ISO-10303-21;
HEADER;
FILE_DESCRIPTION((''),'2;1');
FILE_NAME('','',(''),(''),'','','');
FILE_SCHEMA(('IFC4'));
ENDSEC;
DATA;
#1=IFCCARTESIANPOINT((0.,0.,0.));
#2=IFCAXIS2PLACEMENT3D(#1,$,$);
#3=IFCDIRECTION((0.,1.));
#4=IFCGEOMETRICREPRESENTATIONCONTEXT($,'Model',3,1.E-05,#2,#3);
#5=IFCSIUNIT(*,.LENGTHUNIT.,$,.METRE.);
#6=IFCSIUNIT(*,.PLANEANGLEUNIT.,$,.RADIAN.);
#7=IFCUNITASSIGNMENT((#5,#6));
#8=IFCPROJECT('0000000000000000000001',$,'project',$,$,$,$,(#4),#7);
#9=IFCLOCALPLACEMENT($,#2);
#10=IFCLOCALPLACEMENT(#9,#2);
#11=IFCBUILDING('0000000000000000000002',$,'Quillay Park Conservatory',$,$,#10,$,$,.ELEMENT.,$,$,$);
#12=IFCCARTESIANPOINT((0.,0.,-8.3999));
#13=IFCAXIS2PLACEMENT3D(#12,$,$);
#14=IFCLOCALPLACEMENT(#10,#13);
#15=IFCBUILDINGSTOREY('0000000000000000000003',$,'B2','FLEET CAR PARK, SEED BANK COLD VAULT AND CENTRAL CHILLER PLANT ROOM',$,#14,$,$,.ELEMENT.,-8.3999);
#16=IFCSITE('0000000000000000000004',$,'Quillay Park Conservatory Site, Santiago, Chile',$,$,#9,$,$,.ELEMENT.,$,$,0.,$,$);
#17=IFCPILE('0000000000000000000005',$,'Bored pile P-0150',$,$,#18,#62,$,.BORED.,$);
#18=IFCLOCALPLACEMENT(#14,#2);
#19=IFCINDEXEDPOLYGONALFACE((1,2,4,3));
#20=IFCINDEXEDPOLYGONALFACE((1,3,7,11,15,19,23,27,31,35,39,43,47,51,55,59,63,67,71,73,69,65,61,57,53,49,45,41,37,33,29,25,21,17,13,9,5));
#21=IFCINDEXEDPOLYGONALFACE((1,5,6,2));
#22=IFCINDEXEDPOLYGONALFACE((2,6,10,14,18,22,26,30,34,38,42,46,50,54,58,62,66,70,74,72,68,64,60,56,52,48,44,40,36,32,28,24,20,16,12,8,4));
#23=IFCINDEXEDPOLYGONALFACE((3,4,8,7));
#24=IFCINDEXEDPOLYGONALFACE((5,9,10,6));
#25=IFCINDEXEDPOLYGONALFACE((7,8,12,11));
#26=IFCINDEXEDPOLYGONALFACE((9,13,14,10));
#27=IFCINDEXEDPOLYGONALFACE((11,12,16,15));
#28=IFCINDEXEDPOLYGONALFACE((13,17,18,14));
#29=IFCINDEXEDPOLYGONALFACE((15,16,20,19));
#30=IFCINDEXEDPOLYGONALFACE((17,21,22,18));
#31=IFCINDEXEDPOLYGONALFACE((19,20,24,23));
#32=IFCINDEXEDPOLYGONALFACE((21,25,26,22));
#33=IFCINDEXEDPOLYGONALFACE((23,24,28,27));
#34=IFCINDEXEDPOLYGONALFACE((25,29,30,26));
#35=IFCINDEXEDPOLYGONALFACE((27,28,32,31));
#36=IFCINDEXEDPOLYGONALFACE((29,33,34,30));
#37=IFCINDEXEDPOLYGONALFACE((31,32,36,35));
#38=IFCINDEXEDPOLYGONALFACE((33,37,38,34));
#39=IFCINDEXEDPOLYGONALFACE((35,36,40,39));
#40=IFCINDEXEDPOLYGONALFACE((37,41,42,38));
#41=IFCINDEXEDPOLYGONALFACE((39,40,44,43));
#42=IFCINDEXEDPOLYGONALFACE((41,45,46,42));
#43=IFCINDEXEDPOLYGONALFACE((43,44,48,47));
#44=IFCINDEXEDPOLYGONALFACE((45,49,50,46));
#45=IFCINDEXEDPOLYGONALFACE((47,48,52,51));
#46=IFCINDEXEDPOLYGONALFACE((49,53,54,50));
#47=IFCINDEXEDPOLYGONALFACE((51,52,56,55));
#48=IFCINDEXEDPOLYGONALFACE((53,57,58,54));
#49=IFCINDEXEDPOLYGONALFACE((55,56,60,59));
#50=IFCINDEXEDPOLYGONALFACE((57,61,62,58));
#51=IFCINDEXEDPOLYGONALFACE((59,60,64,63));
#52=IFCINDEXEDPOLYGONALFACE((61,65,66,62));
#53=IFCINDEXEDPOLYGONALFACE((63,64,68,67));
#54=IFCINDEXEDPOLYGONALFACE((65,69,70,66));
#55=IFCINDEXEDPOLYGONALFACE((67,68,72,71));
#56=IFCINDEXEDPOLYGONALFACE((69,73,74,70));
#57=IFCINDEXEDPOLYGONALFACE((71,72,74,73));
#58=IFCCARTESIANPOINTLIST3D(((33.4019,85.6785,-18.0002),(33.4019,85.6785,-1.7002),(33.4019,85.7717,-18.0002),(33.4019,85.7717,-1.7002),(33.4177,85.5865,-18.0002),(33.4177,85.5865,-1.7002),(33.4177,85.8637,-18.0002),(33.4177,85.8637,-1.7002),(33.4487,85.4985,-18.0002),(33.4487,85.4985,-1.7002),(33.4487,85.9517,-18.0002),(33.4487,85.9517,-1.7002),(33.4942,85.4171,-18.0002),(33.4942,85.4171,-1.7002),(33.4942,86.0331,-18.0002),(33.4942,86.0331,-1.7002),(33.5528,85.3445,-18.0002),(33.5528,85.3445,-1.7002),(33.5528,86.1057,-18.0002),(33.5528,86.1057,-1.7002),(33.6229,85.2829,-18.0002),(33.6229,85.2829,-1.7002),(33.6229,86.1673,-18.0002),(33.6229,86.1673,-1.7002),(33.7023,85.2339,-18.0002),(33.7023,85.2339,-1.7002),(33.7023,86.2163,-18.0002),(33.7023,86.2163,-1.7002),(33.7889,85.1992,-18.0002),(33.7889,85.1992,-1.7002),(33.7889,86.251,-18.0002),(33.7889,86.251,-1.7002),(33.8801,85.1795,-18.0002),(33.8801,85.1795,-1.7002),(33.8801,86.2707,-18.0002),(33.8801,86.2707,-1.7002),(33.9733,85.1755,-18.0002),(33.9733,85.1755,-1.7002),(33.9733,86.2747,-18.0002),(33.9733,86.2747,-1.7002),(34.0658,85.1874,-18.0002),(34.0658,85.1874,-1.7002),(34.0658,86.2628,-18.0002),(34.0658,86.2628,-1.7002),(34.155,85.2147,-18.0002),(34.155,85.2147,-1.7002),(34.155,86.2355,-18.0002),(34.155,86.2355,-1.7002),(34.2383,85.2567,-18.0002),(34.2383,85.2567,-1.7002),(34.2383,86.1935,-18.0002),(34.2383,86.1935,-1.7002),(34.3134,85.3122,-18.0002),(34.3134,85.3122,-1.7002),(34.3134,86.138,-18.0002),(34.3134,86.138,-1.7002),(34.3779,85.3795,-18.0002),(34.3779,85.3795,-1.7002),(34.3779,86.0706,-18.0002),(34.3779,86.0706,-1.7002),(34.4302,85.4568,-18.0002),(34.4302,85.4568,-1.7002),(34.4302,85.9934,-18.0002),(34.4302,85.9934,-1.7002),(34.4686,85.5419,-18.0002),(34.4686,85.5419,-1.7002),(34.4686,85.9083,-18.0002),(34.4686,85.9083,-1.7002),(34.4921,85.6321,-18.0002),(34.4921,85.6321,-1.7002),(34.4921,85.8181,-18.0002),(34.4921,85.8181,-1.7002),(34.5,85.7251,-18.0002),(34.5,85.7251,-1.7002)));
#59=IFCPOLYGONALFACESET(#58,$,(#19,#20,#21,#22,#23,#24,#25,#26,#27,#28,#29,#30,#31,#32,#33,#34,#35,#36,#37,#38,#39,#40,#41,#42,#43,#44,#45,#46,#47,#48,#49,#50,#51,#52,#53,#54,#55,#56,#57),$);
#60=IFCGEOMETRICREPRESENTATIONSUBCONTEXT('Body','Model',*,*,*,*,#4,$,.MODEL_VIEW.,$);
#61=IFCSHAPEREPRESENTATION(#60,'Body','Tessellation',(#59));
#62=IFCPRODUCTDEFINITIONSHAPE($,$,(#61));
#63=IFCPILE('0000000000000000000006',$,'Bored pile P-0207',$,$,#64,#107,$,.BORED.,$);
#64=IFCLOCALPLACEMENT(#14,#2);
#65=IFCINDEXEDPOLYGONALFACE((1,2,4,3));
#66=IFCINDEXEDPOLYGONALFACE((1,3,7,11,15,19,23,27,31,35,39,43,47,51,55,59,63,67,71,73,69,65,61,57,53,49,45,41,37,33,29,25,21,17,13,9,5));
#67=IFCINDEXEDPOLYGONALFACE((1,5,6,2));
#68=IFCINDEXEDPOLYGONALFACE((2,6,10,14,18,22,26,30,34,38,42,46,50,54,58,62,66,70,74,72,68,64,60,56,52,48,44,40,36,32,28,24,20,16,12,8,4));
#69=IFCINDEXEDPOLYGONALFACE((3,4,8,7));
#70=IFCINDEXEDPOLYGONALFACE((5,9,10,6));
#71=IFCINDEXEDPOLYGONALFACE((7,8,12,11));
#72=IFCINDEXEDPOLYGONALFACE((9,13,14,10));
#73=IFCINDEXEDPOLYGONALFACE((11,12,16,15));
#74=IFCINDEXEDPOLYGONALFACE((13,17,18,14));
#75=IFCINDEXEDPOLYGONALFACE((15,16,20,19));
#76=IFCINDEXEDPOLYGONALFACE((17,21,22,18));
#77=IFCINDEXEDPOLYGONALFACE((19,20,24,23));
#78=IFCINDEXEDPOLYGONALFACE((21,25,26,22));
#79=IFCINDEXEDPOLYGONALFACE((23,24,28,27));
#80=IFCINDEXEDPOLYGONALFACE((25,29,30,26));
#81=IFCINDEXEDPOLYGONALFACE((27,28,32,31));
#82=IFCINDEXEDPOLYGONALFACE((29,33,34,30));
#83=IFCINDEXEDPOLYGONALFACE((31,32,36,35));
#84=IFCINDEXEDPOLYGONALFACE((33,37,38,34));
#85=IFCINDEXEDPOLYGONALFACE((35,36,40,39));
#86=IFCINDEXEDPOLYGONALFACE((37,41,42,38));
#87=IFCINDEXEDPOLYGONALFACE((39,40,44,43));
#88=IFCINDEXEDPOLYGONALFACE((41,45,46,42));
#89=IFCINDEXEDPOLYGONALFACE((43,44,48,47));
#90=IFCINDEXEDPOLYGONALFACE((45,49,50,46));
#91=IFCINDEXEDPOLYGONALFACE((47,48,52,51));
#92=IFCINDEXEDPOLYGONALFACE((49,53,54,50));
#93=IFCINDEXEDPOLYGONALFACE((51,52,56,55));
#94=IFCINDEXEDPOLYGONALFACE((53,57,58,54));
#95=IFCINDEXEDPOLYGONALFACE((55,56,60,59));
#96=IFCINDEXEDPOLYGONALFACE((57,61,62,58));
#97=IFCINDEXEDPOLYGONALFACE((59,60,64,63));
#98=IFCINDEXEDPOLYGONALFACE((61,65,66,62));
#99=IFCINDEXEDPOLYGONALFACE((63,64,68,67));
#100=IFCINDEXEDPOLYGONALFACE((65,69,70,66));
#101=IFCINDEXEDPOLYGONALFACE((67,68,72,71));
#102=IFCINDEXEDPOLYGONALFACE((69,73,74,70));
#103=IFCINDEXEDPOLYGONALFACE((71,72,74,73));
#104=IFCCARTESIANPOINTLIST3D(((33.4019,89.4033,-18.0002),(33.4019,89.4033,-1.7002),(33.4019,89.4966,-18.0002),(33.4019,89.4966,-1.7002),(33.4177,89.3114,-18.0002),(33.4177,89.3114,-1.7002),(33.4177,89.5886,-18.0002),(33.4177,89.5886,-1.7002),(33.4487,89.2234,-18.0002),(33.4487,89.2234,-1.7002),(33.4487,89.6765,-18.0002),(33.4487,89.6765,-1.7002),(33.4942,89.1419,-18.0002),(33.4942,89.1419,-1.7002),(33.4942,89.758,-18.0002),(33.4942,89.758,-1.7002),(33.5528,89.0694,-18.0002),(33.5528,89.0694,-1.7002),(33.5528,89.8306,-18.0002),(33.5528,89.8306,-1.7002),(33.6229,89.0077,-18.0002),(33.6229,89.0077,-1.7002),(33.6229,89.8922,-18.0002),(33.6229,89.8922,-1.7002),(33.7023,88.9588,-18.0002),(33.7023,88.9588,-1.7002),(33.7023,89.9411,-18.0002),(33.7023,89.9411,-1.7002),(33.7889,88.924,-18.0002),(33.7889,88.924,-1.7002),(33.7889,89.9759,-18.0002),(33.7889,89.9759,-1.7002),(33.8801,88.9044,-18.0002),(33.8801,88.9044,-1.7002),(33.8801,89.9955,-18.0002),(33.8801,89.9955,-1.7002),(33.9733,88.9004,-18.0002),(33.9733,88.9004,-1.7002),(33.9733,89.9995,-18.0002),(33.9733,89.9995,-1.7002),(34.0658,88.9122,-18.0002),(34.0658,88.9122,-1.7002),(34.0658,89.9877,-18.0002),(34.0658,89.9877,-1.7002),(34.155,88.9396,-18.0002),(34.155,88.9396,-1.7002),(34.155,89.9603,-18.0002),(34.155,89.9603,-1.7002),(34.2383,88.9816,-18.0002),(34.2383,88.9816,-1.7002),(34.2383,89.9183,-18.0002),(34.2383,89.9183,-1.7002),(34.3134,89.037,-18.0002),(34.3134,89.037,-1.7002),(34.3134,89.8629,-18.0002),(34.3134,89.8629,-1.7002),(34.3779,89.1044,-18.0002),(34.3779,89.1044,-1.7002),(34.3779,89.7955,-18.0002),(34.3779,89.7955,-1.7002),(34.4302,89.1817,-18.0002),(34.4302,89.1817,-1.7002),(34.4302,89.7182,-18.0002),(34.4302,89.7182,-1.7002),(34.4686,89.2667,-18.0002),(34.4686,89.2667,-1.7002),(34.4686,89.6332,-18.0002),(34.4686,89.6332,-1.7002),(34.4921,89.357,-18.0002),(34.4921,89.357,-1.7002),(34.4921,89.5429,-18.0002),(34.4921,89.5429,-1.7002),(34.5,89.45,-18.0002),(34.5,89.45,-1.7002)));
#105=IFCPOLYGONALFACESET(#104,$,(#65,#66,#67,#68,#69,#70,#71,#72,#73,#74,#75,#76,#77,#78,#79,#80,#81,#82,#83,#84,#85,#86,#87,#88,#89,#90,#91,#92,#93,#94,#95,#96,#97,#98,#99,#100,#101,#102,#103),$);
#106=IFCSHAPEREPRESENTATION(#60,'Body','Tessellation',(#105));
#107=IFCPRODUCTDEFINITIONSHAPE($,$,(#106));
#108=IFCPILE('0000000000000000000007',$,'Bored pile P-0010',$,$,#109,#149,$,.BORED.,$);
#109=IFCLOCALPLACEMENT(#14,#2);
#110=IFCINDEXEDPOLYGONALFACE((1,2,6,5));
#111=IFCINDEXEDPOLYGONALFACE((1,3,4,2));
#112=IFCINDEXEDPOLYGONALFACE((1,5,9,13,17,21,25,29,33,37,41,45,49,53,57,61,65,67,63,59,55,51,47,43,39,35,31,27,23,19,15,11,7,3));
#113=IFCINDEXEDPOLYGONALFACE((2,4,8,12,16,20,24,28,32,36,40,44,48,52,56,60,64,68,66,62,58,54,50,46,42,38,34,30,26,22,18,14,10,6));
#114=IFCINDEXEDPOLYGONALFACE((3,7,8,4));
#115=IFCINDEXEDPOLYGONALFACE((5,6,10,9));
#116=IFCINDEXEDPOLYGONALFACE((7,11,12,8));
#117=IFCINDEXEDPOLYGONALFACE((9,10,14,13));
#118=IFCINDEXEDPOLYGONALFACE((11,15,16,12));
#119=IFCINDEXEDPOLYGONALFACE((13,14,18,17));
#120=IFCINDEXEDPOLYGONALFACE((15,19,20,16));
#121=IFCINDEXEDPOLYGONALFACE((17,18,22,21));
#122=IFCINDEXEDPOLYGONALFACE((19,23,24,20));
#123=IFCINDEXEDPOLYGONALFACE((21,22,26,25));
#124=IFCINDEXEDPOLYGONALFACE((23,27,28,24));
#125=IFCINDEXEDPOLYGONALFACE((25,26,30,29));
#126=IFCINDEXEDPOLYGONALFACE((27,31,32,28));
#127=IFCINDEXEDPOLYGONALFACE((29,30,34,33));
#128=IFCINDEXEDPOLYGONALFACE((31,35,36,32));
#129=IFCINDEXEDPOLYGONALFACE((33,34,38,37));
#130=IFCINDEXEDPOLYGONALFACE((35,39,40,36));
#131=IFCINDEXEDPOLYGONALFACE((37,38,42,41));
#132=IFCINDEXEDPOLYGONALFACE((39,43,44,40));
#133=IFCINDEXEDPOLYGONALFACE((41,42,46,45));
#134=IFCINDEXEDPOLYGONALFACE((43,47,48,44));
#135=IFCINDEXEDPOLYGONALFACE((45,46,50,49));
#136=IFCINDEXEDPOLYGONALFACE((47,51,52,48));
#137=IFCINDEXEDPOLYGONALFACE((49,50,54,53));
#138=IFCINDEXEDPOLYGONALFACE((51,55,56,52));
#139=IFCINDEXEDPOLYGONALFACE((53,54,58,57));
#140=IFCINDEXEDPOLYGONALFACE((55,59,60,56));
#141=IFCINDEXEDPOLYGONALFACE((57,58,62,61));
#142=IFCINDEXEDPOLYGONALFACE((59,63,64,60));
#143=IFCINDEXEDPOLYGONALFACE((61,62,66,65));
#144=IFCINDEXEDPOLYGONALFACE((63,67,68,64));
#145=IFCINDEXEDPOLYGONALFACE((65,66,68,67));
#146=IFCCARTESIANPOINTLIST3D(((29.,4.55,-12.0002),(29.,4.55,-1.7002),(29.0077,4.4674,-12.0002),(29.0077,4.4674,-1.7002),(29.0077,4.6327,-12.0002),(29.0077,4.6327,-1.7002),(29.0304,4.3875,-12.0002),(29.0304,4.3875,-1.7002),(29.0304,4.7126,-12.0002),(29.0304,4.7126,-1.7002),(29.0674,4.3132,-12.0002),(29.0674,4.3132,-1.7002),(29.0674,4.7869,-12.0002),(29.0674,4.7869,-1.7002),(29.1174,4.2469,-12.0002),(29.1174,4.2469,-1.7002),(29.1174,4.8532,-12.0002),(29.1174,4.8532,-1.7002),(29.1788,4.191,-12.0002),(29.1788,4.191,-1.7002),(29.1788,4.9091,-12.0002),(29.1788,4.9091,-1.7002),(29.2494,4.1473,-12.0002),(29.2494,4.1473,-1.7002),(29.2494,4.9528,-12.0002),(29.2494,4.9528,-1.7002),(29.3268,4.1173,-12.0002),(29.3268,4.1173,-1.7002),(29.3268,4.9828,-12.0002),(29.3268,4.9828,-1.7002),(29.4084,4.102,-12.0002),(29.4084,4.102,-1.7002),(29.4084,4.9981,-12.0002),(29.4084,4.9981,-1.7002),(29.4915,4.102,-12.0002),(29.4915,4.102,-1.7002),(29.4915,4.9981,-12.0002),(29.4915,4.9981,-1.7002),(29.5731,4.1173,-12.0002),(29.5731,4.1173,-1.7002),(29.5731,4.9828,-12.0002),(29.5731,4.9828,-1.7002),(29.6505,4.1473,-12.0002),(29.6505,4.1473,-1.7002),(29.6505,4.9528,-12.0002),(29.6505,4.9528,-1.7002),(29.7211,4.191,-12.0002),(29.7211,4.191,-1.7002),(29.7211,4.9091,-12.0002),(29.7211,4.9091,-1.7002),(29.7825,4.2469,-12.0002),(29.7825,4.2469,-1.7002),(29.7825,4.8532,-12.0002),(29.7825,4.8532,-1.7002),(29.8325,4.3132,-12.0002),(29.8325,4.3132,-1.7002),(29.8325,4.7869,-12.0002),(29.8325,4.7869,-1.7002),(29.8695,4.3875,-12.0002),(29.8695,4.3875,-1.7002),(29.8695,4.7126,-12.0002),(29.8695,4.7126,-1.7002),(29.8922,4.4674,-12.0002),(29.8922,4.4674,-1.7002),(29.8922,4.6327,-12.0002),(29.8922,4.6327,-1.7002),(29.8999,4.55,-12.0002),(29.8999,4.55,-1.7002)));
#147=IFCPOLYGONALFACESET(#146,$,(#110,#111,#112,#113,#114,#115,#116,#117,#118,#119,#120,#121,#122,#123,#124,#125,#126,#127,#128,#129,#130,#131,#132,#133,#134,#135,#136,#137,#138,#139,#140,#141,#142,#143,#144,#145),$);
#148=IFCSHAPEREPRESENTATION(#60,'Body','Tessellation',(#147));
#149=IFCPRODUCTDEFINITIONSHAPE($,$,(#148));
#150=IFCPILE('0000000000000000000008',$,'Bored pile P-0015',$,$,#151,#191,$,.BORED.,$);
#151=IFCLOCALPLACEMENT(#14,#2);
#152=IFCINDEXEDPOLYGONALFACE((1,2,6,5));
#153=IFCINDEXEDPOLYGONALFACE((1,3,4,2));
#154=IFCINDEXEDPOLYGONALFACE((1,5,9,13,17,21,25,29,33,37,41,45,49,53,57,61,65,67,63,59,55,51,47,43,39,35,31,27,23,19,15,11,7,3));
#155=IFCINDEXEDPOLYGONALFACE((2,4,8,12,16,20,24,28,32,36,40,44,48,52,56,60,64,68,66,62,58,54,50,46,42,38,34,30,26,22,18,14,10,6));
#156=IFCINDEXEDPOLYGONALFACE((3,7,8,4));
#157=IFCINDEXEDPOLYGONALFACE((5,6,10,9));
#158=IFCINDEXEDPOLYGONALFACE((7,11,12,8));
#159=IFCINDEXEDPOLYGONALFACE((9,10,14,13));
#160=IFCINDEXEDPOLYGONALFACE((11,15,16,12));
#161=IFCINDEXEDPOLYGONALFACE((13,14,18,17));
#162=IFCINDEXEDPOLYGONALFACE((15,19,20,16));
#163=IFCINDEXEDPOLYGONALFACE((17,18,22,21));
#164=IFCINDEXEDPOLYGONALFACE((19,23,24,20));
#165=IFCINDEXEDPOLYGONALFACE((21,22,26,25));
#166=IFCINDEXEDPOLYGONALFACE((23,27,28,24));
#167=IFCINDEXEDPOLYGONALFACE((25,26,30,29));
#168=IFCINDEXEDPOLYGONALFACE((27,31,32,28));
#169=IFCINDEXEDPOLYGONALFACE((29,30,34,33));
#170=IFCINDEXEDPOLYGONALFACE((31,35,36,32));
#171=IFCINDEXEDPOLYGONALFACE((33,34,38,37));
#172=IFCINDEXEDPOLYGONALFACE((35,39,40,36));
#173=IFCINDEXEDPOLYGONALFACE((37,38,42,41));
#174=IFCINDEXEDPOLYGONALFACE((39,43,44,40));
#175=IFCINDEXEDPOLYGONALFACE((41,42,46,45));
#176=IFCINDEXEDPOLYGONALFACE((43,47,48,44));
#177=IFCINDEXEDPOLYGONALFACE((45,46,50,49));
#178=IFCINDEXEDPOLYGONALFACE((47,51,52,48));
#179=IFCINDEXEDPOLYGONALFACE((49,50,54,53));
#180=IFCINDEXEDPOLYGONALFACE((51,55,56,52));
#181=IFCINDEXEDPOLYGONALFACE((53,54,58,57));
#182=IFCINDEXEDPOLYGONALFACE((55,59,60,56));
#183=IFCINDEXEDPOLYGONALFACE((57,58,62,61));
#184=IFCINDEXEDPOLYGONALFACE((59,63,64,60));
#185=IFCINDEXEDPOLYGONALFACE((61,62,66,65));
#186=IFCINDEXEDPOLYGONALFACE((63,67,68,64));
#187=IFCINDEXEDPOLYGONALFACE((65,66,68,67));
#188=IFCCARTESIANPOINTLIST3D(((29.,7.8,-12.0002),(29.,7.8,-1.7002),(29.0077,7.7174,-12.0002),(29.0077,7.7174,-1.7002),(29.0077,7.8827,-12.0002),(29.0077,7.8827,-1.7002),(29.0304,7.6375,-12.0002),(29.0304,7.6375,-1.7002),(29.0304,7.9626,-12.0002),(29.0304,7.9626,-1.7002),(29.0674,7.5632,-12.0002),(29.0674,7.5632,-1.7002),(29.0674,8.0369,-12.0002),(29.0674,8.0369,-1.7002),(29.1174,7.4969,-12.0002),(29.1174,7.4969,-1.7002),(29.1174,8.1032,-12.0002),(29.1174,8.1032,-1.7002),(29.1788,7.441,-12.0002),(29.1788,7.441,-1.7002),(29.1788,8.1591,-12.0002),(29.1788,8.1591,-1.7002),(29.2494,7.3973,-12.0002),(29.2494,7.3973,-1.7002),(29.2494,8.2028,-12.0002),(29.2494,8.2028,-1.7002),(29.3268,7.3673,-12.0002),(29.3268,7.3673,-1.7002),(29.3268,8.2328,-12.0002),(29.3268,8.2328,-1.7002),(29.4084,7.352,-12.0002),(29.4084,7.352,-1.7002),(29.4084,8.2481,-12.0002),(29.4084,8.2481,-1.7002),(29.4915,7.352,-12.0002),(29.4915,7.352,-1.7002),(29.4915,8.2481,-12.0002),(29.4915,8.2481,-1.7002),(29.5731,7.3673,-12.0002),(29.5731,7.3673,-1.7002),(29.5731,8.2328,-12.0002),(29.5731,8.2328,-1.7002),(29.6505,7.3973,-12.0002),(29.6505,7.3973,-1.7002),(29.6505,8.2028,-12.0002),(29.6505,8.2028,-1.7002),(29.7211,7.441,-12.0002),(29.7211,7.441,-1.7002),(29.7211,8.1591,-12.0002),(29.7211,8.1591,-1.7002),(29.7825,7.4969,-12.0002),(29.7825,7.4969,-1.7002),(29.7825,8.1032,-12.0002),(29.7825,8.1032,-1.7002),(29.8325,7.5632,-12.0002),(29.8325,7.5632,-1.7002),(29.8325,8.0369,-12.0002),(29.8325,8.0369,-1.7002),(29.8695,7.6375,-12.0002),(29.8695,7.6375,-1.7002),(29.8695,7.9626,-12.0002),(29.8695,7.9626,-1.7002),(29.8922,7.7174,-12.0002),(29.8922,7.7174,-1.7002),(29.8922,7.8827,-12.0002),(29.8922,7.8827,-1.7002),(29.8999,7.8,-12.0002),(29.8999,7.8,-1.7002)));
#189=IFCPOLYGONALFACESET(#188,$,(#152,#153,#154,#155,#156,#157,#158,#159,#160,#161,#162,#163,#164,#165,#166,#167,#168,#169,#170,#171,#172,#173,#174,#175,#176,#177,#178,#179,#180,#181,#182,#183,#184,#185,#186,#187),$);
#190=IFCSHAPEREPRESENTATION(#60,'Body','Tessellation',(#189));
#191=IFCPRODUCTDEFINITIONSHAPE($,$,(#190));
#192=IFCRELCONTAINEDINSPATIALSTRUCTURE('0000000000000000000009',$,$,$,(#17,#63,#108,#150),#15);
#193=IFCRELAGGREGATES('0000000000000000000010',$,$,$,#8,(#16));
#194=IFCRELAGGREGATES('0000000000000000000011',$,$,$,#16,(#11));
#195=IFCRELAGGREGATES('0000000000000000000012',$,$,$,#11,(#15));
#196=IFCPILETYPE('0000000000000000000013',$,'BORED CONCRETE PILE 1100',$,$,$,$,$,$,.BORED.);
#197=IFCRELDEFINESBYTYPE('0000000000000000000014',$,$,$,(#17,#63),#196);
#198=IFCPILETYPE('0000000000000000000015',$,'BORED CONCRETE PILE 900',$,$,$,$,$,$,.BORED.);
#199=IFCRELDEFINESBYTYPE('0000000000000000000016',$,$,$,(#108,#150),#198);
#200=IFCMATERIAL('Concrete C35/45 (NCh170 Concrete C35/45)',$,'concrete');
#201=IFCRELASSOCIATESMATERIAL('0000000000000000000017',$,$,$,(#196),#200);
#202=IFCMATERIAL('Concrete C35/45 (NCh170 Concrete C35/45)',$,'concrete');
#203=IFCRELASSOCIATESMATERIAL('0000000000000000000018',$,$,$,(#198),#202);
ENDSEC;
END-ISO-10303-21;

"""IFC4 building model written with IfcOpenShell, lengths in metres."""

from ifc_helpers import new_model, si_unit, direction, frame, origin, origin_2d, place, context, subcontext, project, spatial, circle, extrude, material, material_profile, profile_set, type_object, element, save


model = new_model("IFC4")

# Units and contexts
model_context = context("Model", 3, precision=1e-05, world=origin(), true_north=direction((0.0, 1.0)))
body_context = subcontext(model_context, "Body", "Model", "MODEL_VIEW")
ifc_project = project(units=[si_unit("LENGTHUNIT", "METRE"), si_unit("PLANEANGLEUNIT", "RADIAN")], contexts=[model_context])

# Site, building, storey
site_placement = place(None, origin())
site = spatial("IfcSite", under=ifc_project, at=site_placement, Name="Quillay Park Conservatory Site, Santiago, Chile", CompositionType="ELEMENT", RefElevation=0.0)
building_placement = place(site_placement, origin())
building = spatial("IfcBuilding", under=site, at=building_placement, Name="Quillay Park Conservatory", CompositionType="ELEMENT")
storey_placement = place(building_placement, frame((0.0, 0.0, -8.3999)))
storey = spatial("IfcBuildingStorey", under=building, at=storey_placement, Name="B2", Description="FLEET CAR PARK, SEED BANK COLD VAULT AND CENTRAL CHILLER PLANT ROOM", CompositionType="ELEMENT", Elevation=-8.3999)

# Piles
ifc_material_1 = material(Name="Concrete C35/45 (NCh170 Concrete C35/45)", Category="concrete")
ifc_material_profile_1 = material_profile(ifc_material_1, circle(Radius=0.55, at=origin_2d()), Name="PILE1100")
ifc_profile_set_1 = profile_set([ifc_material_profile_1], Name="Concrete C35/45 (NCh170 Concrete C35/45)")
pile_type_1 = type_object("IfcPileType", Name="BORED CONCRETE PILE 1100", PredefinedType="BORED", material=ifc_profile_set_1)
for number, where, z_axis, x_axis, name in (
    (1, (33.95, 85.7251, -1.7002), (0.0, 0.0, -1.0), (1.0, 0.0, 0.0), "Bored pile P-0150"),
    (2, (33.95, 89.45, -1.7002), (0.0, 0.0, -1.0), (1.0, 0.0, 0.0), "Bored pile P-0207"),
):
    element("IfcPile", number, at=place(storey_placement, frame(where, z_axis=z_axis, x_axis=x_axis)), inside=storey, type_object=pile_type_1, Name=name, PredefinedType="BORED", context=body_context, shape_type="SweptSolid", body=[
        extrude(circle(Radius=0.55, at=origin_2d()), origin(), (0.0, 0.0, 1.0), 16.3),
    ])
ifc_material_2 = material(Name="Concrete C35/45 (NCh170 Concrete C35/45)", Category="concrete")
ifc_material_profile_2 = material_profile(ifc_material_2, circle(Radius=0.45, at=origin_2d()), Name="PILE900")
ifc_profile_set_2 = profile_set([ifc_material_profile_2], Name="Concrete C35/45 (NCh170 Concrete C35/45)")
pile_type_2 = type_object("IfcPileType", Name="BORED CONCRETE PILE 900", PredefinedType="BORED", material=ifc_profile_set_2)
for number, where, z_axis, x_axis, name in (
    (3, (29.45, 4.55, -1.7002), (0.0, 0.0, -1.0), (1.0, 0.0, 0.0), "Bored pile P-0010"),
    (4, (29.45, 7.8, -1.7002), (0.0, 0.0, -1.0), (1.0, 0.0, 0.0), "Bored pile P-0015"),
):
    element("IfcPile", number, at=place(storey_placement, frame(where, z_axis=z_axis, x_axis=x_axis)), inside=storey, type_object=pile_type_2, Name=name, PredefinedType="BORED", context=body_context, shape_type="SweptSolid", body=[
        extrude(circle(Radius=0.45, at=origin_2d()), origin(), (0.0, 0.0, 1.0), 10.3),
    ])

save(model, "model.ifc")
